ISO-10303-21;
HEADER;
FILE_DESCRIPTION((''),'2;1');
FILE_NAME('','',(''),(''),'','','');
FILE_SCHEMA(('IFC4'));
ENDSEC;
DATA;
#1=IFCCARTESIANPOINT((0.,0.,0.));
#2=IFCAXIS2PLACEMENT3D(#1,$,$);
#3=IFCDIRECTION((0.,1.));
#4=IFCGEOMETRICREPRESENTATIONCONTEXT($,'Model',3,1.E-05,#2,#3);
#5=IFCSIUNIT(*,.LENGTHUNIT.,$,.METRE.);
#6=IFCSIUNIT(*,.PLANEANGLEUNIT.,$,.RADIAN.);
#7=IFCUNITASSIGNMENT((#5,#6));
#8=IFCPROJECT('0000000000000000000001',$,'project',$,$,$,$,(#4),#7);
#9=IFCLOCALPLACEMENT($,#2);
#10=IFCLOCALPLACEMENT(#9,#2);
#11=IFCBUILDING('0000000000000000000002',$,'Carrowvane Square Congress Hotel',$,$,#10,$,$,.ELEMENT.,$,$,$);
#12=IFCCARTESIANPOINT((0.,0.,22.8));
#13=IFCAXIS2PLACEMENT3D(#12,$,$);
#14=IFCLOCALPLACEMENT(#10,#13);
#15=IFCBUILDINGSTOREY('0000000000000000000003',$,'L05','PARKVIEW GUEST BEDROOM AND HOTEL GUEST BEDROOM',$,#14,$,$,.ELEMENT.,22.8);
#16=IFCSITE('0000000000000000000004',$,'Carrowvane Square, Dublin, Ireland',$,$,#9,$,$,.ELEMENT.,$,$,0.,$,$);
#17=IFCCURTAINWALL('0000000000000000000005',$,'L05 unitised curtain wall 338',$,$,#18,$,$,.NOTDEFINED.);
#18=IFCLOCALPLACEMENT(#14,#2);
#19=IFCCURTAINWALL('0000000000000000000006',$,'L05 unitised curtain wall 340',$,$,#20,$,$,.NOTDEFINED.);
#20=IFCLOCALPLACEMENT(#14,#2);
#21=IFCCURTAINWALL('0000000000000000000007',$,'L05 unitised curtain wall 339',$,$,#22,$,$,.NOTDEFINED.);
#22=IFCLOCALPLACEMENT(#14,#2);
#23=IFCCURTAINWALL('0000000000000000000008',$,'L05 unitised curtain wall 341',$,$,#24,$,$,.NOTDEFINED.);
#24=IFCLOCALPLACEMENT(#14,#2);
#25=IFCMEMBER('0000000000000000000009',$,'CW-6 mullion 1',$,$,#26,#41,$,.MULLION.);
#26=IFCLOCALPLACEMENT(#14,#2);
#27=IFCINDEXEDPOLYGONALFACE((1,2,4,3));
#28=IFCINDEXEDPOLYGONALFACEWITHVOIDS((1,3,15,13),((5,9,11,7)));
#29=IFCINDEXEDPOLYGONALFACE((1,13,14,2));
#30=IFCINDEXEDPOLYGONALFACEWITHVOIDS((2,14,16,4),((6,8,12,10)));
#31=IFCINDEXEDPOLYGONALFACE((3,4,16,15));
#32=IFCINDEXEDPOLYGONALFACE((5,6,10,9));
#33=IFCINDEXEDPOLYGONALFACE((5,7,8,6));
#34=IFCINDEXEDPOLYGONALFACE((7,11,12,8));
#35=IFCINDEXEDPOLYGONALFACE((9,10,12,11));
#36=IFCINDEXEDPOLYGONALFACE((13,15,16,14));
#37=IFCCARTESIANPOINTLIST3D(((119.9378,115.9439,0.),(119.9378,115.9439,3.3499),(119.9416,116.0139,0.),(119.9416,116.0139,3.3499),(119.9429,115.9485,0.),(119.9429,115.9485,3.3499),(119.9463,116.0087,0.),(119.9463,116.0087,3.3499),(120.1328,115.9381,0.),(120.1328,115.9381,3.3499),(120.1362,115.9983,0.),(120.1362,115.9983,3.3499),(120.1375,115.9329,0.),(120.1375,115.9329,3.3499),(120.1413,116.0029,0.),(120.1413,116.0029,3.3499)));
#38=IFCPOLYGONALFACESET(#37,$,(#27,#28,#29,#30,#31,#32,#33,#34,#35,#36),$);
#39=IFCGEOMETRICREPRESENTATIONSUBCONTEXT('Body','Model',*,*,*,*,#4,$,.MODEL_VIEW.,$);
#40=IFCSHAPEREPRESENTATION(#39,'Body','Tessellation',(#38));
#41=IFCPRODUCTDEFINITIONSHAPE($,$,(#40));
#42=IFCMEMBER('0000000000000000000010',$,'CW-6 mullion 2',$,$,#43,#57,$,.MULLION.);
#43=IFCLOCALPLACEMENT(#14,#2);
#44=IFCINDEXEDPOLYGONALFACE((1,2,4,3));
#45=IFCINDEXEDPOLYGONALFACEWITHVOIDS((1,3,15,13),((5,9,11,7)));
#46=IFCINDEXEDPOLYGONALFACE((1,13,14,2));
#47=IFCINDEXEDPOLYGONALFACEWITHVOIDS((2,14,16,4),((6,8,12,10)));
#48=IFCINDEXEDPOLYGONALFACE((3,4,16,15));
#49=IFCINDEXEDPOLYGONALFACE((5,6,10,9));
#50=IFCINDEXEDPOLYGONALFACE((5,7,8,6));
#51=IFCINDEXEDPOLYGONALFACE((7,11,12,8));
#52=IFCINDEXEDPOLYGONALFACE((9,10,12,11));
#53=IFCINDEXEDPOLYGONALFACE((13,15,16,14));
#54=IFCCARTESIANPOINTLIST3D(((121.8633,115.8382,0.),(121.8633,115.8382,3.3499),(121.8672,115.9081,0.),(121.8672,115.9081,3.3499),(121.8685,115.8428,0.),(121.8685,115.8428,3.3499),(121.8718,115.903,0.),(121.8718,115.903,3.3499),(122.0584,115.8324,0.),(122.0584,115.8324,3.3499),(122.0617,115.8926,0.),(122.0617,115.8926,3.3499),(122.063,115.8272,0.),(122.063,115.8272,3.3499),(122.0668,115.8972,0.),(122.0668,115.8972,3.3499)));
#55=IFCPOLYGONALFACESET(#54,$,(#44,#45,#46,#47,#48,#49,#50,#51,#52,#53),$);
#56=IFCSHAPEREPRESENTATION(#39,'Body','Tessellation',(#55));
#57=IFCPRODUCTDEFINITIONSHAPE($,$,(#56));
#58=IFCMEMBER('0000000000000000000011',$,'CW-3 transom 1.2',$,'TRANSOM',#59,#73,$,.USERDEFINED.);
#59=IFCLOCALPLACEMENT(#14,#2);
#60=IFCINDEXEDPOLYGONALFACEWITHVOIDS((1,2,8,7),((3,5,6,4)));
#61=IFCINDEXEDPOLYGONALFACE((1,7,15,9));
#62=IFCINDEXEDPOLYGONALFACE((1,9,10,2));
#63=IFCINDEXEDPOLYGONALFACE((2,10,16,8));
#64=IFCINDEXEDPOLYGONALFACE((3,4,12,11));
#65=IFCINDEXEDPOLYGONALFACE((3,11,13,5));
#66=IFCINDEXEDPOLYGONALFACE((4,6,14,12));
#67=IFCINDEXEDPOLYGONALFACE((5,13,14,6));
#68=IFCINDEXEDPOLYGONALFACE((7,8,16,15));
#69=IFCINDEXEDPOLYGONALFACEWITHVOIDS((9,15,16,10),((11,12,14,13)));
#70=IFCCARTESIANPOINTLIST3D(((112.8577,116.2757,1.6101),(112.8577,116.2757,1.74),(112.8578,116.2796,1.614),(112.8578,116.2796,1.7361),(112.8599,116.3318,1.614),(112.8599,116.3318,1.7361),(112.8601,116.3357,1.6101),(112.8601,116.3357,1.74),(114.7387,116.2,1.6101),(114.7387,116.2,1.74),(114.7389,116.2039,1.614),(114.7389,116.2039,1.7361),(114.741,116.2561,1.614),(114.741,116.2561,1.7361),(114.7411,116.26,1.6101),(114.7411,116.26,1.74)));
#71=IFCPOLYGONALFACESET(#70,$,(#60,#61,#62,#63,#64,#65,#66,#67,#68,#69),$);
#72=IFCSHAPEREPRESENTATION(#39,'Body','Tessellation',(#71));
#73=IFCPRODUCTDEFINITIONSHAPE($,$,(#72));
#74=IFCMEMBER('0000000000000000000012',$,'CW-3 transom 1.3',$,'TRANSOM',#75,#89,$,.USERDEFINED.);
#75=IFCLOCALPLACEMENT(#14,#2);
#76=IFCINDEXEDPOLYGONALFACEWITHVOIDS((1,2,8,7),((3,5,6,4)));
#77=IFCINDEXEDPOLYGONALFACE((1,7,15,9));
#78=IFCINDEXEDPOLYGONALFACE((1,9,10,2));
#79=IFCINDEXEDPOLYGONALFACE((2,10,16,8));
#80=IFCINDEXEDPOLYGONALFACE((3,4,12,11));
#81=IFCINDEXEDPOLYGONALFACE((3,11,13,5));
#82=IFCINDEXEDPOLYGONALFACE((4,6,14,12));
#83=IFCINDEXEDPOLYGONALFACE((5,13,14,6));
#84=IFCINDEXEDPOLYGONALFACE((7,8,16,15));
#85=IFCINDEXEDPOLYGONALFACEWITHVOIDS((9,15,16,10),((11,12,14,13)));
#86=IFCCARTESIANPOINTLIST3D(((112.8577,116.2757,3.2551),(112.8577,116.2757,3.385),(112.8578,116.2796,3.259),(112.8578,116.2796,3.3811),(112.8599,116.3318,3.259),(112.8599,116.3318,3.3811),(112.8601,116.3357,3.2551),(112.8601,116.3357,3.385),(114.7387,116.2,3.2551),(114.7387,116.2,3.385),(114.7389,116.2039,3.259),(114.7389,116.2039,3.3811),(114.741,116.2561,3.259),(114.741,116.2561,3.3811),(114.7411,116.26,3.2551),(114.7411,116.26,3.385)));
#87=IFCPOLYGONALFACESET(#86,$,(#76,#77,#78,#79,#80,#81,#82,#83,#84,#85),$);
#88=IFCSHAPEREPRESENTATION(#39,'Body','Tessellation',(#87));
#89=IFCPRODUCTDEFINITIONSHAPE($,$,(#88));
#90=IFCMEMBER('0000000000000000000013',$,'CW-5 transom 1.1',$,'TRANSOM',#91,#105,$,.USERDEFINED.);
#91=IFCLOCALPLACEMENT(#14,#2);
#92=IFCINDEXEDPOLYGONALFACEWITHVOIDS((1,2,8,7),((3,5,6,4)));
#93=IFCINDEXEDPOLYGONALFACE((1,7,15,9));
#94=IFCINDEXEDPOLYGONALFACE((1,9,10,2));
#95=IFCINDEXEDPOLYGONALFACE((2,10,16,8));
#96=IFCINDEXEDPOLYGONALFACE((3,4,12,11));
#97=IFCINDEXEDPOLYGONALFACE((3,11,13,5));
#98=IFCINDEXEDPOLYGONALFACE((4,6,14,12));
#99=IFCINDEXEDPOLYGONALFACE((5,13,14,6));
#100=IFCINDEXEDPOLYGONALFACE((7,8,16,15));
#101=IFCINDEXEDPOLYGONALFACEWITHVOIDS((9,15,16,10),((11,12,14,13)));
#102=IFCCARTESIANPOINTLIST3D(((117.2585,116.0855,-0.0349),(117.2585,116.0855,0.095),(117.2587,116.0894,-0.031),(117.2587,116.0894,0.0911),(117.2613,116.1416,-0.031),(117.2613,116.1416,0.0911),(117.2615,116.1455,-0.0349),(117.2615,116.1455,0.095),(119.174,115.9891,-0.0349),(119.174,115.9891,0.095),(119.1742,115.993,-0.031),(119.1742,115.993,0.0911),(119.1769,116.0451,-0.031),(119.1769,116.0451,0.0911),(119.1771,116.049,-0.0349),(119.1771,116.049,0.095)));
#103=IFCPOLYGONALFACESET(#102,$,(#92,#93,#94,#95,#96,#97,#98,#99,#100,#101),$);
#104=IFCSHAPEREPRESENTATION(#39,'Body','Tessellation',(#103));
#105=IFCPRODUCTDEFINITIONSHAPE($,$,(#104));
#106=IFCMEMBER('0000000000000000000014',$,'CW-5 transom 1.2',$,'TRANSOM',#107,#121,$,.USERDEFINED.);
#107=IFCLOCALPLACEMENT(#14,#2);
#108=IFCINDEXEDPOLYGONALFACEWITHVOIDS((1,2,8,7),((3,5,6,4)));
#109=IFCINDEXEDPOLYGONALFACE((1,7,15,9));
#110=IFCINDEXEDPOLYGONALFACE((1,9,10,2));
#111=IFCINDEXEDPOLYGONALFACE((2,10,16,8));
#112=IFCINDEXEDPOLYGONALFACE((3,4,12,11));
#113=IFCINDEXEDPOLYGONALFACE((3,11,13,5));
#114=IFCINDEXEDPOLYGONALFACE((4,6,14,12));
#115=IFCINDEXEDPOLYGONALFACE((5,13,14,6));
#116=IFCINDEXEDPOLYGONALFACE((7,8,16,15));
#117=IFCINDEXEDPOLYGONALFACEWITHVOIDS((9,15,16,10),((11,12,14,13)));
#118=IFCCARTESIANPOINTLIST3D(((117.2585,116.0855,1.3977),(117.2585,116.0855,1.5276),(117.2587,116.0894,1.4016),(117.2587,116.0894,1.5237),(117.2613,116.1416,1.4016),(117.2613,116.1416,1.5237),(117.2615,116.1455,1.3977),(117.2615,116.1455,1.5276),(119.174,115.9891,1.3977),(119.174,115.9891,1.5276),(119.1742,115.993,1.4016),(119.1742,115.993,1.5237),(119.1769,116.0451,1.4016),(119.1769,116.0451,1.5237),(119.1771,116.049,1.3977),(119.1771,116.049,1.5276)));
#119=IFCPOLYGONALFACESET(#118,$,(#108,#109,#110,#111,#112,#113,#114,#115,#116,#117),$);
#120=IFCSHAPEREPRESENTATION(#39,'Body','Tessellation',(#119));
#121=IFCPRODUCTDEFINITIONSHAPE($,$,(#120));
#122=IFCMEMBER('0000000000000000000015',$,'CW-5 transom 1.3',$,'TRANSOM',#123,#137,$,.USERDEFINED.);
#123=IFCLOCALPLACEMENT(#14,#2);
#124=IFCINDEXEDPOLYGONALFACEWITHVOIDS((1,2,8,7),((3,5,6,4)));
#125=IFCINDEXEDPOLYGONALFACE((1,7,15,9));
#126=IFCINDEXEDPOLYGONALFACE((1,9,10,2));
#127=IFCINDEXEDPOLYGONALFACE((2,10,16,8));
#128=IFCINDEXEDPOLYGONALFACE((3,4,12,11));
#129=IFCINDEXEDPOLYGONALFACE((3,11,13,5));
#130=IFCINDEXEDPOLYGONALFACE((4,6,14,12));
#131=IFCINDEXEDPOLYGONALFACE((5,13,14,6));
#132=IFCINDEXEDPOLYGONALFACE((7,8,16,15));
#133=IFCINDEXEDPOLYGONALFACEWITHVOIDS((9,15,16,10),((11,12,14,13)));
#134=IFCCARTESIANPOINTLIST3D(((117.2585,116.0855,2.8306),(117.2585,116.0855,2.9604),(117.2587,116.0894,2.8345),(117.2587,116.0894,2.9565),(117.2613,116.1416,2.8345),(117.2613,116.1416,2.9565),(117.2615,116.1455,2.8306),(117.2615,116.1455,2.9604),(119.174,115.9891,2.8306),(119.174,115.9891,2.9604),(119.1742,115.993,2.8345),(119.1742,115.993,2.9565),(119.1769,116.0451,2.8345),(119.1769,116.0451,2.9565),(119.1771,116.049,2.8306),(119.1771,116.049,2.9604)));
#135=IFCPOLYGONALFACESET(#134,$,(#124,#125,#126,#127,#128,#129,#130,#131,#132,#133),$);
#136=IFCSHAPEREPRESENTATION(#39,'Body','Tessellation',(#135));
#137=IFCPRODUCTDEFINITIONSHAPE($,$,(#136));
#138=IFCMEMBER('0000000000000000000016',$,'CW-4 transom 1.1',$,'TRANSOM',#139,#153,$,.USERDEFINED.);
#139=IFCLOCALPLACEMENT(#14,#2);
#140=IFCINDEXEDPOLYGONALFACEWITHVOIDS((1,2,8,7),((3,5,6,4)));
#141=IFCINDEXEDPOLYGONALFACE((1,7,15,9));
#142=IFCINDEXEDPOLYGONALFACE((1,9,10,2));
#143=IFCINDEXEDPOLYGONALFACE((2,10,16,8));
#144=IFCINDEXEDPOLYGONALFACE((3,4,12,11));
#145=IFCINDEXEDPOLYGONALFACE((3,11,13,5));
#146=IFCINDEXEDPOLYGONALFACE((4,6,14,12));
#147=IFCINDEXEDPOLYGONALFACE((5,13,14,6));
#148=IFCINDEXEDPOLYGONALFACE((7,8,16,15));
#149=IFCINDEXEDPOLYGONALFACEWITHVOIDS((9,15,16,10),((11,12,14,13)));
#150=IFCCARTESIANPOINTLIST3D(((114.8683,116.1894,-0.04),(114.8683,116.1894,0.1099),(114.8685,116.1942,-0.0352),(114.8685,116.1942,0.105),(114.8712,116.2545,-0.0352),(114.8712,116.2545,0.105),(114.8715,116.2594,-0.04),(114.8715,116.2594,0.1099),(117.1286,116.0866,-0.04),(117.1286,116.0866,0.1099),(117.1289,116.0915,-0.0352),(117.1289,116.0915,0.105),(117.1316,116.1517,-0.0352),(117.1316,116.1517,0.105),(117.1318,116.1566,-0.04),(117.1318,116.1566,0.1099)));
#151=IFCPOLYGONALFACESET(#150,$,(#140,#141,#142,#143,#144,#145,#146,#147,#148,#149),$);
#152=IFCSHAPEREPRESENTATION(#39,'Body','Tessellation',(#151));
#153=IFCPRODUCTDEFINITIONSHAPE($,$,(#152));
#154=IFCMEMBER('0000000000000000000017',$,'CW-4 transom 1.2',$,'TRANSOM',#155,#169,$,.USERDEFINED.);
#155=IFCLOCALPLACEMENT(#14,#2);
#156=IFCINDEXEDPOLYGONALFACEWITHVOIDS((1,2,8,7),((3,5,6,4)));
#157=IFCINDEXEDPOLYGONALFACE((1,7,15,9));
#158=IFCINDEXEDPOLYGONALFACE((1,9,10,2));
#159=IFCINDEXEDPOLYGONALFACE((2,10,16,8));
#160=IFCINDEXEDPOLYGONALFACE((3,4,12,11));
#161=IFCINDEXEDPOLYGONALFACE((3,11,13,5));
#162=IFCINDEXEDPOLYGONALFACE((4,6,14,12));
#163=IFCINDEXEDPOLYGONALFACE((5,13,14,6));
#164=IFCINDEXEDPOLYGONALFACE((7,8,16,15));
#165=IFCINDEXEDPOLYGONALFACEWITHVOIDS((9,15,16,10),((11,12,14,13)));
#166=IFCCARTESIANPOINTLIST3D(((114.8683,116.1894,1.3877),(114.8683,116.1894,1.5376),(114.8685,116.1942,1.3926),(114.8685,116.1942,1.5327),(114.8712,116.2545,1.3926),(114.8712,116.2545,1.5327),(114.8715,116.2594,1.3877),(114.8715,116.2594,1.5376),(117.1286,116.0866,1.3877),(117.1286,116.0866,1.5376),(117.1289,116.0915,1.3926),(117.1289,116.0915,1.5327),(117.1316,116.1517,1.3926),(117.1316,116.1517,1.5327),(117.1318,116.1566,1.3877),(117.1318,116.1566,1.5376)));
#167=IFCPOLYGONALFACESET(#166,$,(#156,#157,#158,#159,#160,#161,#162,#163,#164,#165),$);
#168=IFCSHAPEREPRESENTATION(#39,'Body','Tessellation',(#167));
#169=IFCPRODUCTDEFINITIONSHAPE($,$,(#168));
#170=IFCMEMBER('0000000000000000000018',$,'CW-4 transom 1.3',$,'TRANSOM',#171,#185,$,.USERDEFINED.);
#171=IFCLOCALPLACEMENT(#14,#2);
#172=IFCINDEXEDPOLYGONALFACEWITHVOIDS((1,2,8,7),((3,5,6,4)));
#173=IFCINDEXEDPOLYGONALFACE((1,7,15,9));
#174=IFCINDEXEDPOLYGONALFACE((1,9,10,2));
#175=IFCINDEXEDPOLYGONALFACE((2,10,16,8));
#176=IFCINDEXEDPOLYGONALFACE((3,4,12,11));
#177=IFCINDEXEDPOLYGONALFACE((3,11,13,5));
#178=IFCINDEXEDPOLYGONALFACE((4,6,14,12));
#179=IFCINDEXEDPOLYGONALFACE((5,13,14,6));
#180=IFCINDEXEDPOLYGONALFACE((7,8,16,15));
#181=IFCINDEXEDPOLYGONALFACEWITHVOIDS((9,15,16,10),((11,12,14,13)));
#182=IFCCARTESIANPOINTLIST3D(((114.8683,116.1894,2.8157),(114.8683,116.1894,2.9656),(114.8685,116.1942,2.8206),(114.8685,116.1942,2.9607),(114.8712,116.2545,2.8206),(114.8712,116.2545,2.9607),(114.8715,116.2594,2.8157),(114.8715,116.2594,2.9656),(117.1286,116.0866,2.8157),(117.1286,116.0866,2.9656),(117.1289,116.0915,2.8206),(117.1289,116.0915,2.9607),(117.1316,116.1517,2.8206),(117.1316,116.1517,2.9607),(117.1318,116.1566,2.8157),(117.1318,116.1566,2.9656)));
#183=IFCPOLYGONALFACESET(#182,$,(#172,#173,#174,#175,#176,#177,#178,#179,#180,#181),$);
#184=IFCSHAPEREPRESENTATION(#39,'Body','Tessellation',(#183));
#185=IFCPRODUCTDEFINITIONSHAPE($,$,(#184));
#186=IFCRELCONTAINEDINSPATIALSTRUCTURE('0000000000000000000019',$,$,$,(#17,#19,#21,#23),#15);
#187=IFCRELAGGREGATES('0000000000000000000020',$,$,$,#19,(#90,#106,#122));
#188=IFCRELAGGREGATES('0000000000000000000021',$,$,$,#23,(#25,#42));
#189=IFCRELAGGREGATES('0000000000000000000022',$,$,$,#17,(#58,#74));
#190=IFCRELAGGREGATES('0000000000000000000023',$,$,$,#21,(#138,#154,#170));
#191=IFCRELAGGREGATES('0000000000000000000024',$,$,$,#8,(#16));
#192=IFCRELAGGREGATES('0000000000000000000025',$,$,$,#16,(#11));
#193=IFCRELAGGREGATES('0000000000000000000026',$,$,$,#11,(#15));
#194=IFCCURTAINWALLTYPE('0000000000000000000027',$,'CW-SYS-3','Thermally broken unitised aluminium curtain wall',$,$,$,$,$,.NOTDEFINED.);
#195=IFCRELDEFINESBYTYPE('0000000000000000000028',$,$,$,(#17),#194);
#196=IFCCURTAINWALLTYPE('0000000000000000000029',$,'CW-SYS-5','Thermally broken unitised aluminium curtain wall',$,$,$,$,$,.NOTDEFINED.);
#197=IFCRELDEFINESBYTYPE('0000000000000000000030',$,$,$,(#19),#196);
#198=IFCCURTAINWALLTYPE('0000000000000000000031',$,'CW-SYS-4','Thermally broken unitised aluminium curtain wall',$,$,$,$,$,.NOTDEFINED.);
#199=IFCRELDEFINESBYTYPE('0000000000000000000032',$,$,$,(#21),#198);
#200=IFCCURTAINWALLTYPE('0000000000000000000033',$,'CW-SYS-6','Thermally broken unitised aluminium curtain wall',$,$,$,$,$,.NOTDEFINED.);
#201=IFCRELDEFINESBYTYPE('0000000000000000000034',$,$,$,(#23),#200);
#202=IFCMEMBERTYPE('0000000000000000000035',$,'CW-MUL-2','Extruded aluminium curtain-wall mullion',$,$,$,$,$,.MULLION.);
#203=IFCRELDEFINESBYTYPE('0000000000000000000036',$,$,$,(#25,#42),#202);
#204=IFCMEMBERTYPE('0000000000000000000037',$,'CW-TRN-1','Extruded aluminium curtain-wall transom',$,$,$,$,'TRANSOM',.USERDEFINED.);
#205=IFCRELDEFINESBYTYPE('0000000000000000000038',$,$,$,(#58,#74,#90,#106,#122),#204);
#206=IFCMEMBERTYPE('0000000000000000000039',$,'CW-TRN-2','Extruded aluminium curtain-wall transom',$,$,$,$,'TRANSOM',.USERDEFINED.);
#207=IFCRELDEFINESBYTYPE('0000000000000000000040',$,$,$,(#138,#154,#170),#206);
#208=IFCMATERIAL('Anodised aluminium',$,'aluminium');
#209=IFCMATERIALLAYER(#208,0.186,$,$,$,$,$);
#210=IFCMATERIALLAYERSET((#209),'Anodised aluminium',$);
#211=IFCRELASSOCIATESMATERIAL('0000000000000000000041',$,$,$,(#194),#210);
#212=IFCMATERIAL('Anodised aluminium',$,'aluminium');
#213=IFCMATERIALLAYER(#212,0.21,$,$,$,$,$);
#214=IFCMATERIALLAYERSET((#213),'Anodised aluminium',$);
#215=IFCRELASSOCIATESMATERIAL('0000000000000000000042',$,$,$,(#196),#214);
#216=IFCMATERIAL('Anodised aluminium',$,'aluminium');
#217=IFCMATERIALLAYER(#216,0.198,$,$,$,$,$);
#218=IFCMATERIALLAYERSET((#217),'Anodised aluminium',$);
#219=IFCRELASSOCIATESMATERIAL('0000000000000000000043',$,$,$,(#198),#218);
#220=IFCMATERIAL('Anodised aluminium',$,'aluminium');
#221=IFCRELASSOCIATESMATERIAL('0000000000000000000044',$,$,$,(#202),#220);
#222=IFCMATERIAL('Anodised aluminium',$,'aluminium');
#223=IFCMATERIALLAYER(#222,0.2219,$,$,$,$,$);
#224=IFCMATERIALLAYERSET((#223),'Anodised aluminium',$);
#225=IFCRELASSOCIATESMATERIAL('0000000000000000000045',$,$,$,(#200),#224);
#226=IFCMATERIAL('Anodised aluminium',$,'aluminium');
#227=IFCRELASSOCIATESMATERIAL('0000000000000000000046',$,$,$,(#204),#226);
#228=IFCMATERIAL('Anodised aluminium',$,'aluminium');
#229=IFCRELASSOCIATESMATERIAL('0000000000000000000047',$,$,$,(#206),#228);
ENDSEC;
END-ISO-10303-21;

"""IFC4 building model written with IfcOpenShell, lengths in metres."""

from ifc_helpers import new_model, si_unit, direction, frame, origin, origin_2d, place, context, subcontext, project, spatial, hollow_rectangle, extrude, material, layer, layer_set, material_profile, profile_set, type_object, element, aggregate, save


model = new_model("IFC4")

# Units and contexts
model_context = context("Model", 3, precision=1e-05, world=origin(), true_north=direction((0.0, 1.0)))
body_context = subcontext(model_context, "Body", "Model", "MODEL_VIEW")
ifc_project = project(units=[si_unit("LENGTHUNIT", "METRE"), si_unit("PLANEANGLEUNIT", "RADIAN")], contexts=[model_context])

# Site, building, storey
site_placement = place(None, origin())
site = spatial("IfcSite", under=ifc_project, at=site_placement, Name="Carrowvane Square, Dublin, Ireland", CompositionType="ELEMENT", RefElevation=0.0)
building_placement = place(site_placement, origin())
building = spatial("IfcBuilding", under=site, at=building_placement, Name="Carrowvane Square Congress Hotel", CompositionType="ELEMENT")
storey_placement = place(building_placement, frame((0.0, 0.0, 22.8)))
storey = spatial("IfcBuildingStorey", under=building, at=storey_placement, Name="L05", Description="PARKVIEW GUEST BEDROOM AND HOTEL GUEST BEDROOM", CompositionType="ELEMENT", Elevation=22.8)

# Curtain wall
ifc_material_1 = material(Name="Anodised aluminium", Category="aluminium")
ifc_layer_1 = layer(ifc_material_1, 0.186)
ifc_layer_set_1 = layer_set([ifc_layer_1], Name="Anodised aluminium")
curtain_wall_type_1 = type_object("IfcCurtainWallType", Name="CW-SYS-3", Description="Thermally broken unitised aluminium curtain wall", PredefinedType="NOTDEFINED", material=ifc_layer_set_1)
curtain_wall_1_placement = place(storey_placement, origin())
curtain_wall_1 = element("IfcCurtainWall", 1, at=curtain_wall_1_placement, inside=storey, type_object=curtain_wall_type_1, Name="L05 unitised curtain wall 338", PredefinedType="NOTDEFINED")

# Curtain walls, members
ifc_material_2 = material(Name="Anodised aluminium", Category="aluminium")
ifc_layer_2 = layer(ifc_material_2, 0.21)
ifc_layer_set_2 = layer_set([ifc_layer_2], Name="Anodised aluminium")
curtain_wall_type_2 = type_object("IfcCurtainWallType", Name="CW-SYS-5", Description="Thermally broken unitised aluminium curtain wall", PredefinedType="NOTDEFINED", material=ifc_layer_set_2)
curtain_wall_2_placement = place(storey_placement, origin())
curtain_wall_2 = element("IfcCurtainWall", 2, at=curtain_wall_2_placement, inside=storey, type_object=curtain_wall_type_2, Name="L05 unitised curtain wall 340", PredefinedType="NOTDEFINED")
ifc_material_3 = material(Name="Anodised aluminium", Category="aluminium")
ifc_layer_3 = layer(ifc_material_3, 0.198)
ifc_layer_set_3 = layer_set([ifc_layer_3], Name="Anodised aluminium")
curtain_wall_type_3 = type_object("IfcCurtainWallType", Name="CW-SYS-4", Description="Thermally broken unitised aluminium curtain wall", PredefinedType="NOTDEFINED", material=ifc_layer_set_3)
curtain_wall_3_placement = place(storey_placement, origin())
curtain_wall_3 = element("IfcCurtainWall", 3, at=curtain_wall_3_placement, inside=storey, type_object=curtain_wall_type_3, Name="L05 unitised curtain wall 339", PredefinedType="NOTDEFINED")
ifc_material_4 = material(Name="Anodised aluminium", Category="aluminium")
ifc_material_profile_1 = material_profile(ifc_material_4, hollow_rectangle(XDim=0.0701, YDim=0.2, WallThickness=0.0049, at=origin_2d()), Name="CW-ML 70x200x5")
ifc_profile_set_1 = profile_set([ifc_material_profile_1], Name="Anodised aluminium")
member_type_1 = type_object("IfcMemberType", Name="CW-MUL-2", Description="Extruded aluminium curtain-wall mullion", PredefinedType="MULLION", material=ifc_profile_set_1)
ifc_material_5 = material(Name="Anodised aluminium", Category="aluminium")
ifc_layer_4 = layer(ifc_material_5, 0.2219)
ifc_layer_set_4 = layer_set([ifc_layer_4], Name="Anodised aluminium")
curtain_wall_type_4 = type_object("IfcCurtainWallType", Name="CW-SYS-6", Description="Thermally broken unitised aluminium curtain wall", PredefinedType="NOTDEFINED", material=ifc_layer_set_4)
curtain_wall_4_placement = place(storey_placement, origin())
curtain_wall_4 = element("IfcCurtainWall", 4, at=curtain_wall_4_placement, inside=storey, type_object=curtain_wall_type_4, Name="L05 unitised curtain wall 341", PredefinedType="NOTDEFINED")
member_1_placement = place(storey_placement, frame((120.0396, 115.9734, 0.0), z_axis=(0.0, 0.0, 1.0), x_axis=(0.054816, 0.998496, 0.0)))
member_1 = element("IfcMember", 5, at=member_1_placement, type_object=member_type_1, Name="CW-6 mullion 1", PredefinedType="MULLION", context=body_context, shape_type="SweptSolid", body=[
    extrude(hollow_rectangle(XDim=0.0701, YDim=0.2, WallThickness=0.0049, at=origin_2d()), origin(), (0.0, 0.0, 1.0), 3.3499),
])
member_2_placement = place(storey_placement, frame((121.9651, 115.8677, 0.0), z_axis=(0.0, 0.0, 1.0), x_axis=(0.054816, 0.998496, 0.0)))
member_2 = element("IfcMember", 6, at=member_2_placement, type_object=member_type_1, Name="CW-6 mullion 2", PredefinedType="MULLION", context=body_context, shape_type="SweptSolid", body=[
    extrude(hollow_rectangle(XDim=0.0701, YDim=0.2, WallThickness=0.0049, at=origin_2d()), origin(), (0.0, 0.0, 1.0), 3.3499),
])

# Members
ifc_material_6 = material(Name="Anodised aluminium", Category="aluminium")
ifc_material_profile_2 = material_profile(ifc_material_6, hollow_rectangle(XDim=0.0601, YDim=0.1299, WallThickness=0.0039, at=origin_2d()), Name="CW-TR 60x130x4")
ifc_profile_set_2 = profile_set([ifc_material_profile_2], Name="Anodised aluminium")
member_type_2 = type_object("IfcMemberType", Name="CW-TRN-1", Description="Extruded aluminium curtain-wall transom", ElementType="TRANSOM", PredefinedType="USERDEFINED", material=ifc_profile_set_2)
member_3_placement = place(storey_placement, frame((112.8589, 116.3057, 1.675), z_axis=(0.999192, -0.040201, 0.0), x_axis=(0.040201, 0.999192, 0.0)))
member_3 = element("IfcMember", 7, at=member_3_placement, type_object=member_type_2, Name="CW-3 transom 1.2", ObjectType="TRANSOM", PredefinedType="USERDEFINED", context=body_context, shape_type="SweptSolid", body=[
    extrude(hollow_rectangle(XDim=0.0601, YDim=0.1299, WallThickness=0.0039, at=origin_2d()), origin(), (0.0, 0.0, 1.0), 1.8826),
])
member_4_placement = place(storey_placement, frame((112.8589, 116.3057, 3.3201), z_axis=(0.999192, -0.040201, 0.0), x_axis=(0.040201, 0.999192, 0.0)))
member_4 = element("IfcMember", 8, at=member_4_placement, type_object=member_type_2, Name="CW-3 transom 1.3", ObjectType="TRANSOM", PredefinedType="USERDEFINED", context=body_context, shape_type="SweptSolid", body=[
    extrude(hollow_rectangle(XDim=0.0601, YDim=0.1299, WallThickness=0.0039, at=origin_2d()), origin(), (0.0, 0.0, 1.0), 1.8826),
])
member_5_placement = place(storey_placement, frame((117.26, 116.1155, 0.03), z_axis=(0.998735, -0.05028, 0.0), x_axis=(0.05028, 0.998735, 0.0)))
member_5 = element("IfcMember", 9, at=member_5_placement, type_object=member_type_2, Name="CW-5 transom 1.1", ObjectType="TRANSOM", PredefinedType="USERDEFINED", context=body_context, shape_type="SweptSolid", body=[
    extrude(hollow_rectangle(XDim=0.0601, YDim=0.1299, WallThickness=0.0039, at=origin_2d()), origin(), (0.0, 0.0, 1.0), 1.918),
])
member_6_placement = place(storey_placement, frame((117.26, 116.1155, 1.4626), z_axis=(0.998735, -0.05028, 0.0), x_axis=(0.05028, 0.998735, 0.0)))
member_6 = element("IfcMember", 10, at=member_6_placement, type_object=member_type_2, Name="CW-5 transom 1.2", ObjectType="TRANSOM", PredefinedType="USERDEFINED", context=body_context, shape_type="SweptSolid", body=[
    extrude(hollow_rectangle(XDim=0.0601, YDim=0.1299, WallThickness=0.0039, at=origin_2d()), origin(), (0.0, 0.0, 1.0), 1.918),
])
member_7_placement = place(storey_placement, frame((117.26, 116.1155, 2.8955), z_axis=(0.998735, -0.05028, 0.0), x_axis=(0.05028, 0.998735, 0.0)))
member_7 = element("IfcMember", 11, at=member_7_placement, type_object=member_type_2, Name="CW-5 transom 1.3", ObjectType="TRANSOM", PredefinedType="USERDEFINED", context=body_context, shape_type="SweptSolid", body=[
    extrude(hollow_rectangle(XDim=0.0601, YDim=0.1299, WallThickness=0.0039, at=origin_2d()), origin(), (0.0, 0.0, 1.0), 1.918),
])
ifc_material_7 = material(Name="Anodised aluminium", Category="aluminium")
ifc_material_profile_3 = material_profile(ifc_material_7, hollow_rectangle(XDim=0.0701, YDim=0.1499, WallThickness=0.0049, at=origin_2d()), Name="CW-TR 70x150x5")
ifc_profile_set_3 = profile_set([ifc_material_profile_3], Name="Anodised aluminium")
member_type_3 = type_object("IfcMemberType", Name="CW-TRN-2", Description="Extruded aluminium curtain-wall transom", ElementType="TRANSOM", PredefinedType="USERDEFINED", material=ifc_profile_set_3)
member_8_placement = place(storey_placement, frame((114.8699, 116.2244, 0.0349), z_axis=(0.998968, -0.045427, 0.0), x_axis=(0.045427, 0.998968, 0.0)))
member_8 = element("IfcMember", 12, at=member_8_placement, type_object=member_type_3, Name="CW-4 transom 1.1", ObjectType="TRANSOM", PredefinedType="USERDEFINED", context=body_context, shape_type="SweptSolid", body=[
    extrude(hollow_rectangle(XDim=0.0701, YDim=0.1499, WallThickness=0.0049, at=origin_2d()), origin(), (0.0, 0.0, 1.0), 2.2627),
])
member_9_placement = place(storey_placement, frame((114.8699, 116.2244, 1.4626), z_axis=(0.998968, -0.045427, 0.0), x_axis=(0.045427, 0.998968, 0.0)))
member_9 = element("IfcMember", 13, at=member_9_placement, type_object=member_type_3, Name="CW-4 transom 1.2", ObjectType="TRANSOM", PredefinedType="USERDEFINED", context=body_context, shape_type="SweptSolid", body=[
    extrude(hollow_rectangle(XDim=0.0701, YDim=0.1499, WallThickness=0.0049, at=origin_2d()), origin(), (0.0, 0.0, 1.0), 2.2627),
])
member_10_placement = place(storey_placement, frame((114.8699, 116.2244, 2.8906), z_axis=(0.998968, -0.045427, 0.0), x_axis=(0.045427, 0.998968, 0.0)))
member_10 = element("IfcMember", 14, at=member_10_placement, type_object=member_type_3, Name="CW-4 transom 1.3", ObjectType="TRANSOM", PredefinedType="USERDEFINED", context=body_context, shape_type="SweptSolid", body=[
    extrude(hollow_rectangle(XDim=0.0701, YDim=0.1499, WallThickness=0.0049, at=origin_2d()), origin(), (0.0, 0.0, 1.0), 2.2627),
])

aggregate(curtain_wall_2, [member_5, member_6, member_7])
aggregate(curtain_wall_4, [member_1, member_2])
aggregate(curtain_wall_1, [member_3, member_4])
aggregate(curtain_wall_3, [member_8, member_9, member_10])

save(model, "model.ifc")
